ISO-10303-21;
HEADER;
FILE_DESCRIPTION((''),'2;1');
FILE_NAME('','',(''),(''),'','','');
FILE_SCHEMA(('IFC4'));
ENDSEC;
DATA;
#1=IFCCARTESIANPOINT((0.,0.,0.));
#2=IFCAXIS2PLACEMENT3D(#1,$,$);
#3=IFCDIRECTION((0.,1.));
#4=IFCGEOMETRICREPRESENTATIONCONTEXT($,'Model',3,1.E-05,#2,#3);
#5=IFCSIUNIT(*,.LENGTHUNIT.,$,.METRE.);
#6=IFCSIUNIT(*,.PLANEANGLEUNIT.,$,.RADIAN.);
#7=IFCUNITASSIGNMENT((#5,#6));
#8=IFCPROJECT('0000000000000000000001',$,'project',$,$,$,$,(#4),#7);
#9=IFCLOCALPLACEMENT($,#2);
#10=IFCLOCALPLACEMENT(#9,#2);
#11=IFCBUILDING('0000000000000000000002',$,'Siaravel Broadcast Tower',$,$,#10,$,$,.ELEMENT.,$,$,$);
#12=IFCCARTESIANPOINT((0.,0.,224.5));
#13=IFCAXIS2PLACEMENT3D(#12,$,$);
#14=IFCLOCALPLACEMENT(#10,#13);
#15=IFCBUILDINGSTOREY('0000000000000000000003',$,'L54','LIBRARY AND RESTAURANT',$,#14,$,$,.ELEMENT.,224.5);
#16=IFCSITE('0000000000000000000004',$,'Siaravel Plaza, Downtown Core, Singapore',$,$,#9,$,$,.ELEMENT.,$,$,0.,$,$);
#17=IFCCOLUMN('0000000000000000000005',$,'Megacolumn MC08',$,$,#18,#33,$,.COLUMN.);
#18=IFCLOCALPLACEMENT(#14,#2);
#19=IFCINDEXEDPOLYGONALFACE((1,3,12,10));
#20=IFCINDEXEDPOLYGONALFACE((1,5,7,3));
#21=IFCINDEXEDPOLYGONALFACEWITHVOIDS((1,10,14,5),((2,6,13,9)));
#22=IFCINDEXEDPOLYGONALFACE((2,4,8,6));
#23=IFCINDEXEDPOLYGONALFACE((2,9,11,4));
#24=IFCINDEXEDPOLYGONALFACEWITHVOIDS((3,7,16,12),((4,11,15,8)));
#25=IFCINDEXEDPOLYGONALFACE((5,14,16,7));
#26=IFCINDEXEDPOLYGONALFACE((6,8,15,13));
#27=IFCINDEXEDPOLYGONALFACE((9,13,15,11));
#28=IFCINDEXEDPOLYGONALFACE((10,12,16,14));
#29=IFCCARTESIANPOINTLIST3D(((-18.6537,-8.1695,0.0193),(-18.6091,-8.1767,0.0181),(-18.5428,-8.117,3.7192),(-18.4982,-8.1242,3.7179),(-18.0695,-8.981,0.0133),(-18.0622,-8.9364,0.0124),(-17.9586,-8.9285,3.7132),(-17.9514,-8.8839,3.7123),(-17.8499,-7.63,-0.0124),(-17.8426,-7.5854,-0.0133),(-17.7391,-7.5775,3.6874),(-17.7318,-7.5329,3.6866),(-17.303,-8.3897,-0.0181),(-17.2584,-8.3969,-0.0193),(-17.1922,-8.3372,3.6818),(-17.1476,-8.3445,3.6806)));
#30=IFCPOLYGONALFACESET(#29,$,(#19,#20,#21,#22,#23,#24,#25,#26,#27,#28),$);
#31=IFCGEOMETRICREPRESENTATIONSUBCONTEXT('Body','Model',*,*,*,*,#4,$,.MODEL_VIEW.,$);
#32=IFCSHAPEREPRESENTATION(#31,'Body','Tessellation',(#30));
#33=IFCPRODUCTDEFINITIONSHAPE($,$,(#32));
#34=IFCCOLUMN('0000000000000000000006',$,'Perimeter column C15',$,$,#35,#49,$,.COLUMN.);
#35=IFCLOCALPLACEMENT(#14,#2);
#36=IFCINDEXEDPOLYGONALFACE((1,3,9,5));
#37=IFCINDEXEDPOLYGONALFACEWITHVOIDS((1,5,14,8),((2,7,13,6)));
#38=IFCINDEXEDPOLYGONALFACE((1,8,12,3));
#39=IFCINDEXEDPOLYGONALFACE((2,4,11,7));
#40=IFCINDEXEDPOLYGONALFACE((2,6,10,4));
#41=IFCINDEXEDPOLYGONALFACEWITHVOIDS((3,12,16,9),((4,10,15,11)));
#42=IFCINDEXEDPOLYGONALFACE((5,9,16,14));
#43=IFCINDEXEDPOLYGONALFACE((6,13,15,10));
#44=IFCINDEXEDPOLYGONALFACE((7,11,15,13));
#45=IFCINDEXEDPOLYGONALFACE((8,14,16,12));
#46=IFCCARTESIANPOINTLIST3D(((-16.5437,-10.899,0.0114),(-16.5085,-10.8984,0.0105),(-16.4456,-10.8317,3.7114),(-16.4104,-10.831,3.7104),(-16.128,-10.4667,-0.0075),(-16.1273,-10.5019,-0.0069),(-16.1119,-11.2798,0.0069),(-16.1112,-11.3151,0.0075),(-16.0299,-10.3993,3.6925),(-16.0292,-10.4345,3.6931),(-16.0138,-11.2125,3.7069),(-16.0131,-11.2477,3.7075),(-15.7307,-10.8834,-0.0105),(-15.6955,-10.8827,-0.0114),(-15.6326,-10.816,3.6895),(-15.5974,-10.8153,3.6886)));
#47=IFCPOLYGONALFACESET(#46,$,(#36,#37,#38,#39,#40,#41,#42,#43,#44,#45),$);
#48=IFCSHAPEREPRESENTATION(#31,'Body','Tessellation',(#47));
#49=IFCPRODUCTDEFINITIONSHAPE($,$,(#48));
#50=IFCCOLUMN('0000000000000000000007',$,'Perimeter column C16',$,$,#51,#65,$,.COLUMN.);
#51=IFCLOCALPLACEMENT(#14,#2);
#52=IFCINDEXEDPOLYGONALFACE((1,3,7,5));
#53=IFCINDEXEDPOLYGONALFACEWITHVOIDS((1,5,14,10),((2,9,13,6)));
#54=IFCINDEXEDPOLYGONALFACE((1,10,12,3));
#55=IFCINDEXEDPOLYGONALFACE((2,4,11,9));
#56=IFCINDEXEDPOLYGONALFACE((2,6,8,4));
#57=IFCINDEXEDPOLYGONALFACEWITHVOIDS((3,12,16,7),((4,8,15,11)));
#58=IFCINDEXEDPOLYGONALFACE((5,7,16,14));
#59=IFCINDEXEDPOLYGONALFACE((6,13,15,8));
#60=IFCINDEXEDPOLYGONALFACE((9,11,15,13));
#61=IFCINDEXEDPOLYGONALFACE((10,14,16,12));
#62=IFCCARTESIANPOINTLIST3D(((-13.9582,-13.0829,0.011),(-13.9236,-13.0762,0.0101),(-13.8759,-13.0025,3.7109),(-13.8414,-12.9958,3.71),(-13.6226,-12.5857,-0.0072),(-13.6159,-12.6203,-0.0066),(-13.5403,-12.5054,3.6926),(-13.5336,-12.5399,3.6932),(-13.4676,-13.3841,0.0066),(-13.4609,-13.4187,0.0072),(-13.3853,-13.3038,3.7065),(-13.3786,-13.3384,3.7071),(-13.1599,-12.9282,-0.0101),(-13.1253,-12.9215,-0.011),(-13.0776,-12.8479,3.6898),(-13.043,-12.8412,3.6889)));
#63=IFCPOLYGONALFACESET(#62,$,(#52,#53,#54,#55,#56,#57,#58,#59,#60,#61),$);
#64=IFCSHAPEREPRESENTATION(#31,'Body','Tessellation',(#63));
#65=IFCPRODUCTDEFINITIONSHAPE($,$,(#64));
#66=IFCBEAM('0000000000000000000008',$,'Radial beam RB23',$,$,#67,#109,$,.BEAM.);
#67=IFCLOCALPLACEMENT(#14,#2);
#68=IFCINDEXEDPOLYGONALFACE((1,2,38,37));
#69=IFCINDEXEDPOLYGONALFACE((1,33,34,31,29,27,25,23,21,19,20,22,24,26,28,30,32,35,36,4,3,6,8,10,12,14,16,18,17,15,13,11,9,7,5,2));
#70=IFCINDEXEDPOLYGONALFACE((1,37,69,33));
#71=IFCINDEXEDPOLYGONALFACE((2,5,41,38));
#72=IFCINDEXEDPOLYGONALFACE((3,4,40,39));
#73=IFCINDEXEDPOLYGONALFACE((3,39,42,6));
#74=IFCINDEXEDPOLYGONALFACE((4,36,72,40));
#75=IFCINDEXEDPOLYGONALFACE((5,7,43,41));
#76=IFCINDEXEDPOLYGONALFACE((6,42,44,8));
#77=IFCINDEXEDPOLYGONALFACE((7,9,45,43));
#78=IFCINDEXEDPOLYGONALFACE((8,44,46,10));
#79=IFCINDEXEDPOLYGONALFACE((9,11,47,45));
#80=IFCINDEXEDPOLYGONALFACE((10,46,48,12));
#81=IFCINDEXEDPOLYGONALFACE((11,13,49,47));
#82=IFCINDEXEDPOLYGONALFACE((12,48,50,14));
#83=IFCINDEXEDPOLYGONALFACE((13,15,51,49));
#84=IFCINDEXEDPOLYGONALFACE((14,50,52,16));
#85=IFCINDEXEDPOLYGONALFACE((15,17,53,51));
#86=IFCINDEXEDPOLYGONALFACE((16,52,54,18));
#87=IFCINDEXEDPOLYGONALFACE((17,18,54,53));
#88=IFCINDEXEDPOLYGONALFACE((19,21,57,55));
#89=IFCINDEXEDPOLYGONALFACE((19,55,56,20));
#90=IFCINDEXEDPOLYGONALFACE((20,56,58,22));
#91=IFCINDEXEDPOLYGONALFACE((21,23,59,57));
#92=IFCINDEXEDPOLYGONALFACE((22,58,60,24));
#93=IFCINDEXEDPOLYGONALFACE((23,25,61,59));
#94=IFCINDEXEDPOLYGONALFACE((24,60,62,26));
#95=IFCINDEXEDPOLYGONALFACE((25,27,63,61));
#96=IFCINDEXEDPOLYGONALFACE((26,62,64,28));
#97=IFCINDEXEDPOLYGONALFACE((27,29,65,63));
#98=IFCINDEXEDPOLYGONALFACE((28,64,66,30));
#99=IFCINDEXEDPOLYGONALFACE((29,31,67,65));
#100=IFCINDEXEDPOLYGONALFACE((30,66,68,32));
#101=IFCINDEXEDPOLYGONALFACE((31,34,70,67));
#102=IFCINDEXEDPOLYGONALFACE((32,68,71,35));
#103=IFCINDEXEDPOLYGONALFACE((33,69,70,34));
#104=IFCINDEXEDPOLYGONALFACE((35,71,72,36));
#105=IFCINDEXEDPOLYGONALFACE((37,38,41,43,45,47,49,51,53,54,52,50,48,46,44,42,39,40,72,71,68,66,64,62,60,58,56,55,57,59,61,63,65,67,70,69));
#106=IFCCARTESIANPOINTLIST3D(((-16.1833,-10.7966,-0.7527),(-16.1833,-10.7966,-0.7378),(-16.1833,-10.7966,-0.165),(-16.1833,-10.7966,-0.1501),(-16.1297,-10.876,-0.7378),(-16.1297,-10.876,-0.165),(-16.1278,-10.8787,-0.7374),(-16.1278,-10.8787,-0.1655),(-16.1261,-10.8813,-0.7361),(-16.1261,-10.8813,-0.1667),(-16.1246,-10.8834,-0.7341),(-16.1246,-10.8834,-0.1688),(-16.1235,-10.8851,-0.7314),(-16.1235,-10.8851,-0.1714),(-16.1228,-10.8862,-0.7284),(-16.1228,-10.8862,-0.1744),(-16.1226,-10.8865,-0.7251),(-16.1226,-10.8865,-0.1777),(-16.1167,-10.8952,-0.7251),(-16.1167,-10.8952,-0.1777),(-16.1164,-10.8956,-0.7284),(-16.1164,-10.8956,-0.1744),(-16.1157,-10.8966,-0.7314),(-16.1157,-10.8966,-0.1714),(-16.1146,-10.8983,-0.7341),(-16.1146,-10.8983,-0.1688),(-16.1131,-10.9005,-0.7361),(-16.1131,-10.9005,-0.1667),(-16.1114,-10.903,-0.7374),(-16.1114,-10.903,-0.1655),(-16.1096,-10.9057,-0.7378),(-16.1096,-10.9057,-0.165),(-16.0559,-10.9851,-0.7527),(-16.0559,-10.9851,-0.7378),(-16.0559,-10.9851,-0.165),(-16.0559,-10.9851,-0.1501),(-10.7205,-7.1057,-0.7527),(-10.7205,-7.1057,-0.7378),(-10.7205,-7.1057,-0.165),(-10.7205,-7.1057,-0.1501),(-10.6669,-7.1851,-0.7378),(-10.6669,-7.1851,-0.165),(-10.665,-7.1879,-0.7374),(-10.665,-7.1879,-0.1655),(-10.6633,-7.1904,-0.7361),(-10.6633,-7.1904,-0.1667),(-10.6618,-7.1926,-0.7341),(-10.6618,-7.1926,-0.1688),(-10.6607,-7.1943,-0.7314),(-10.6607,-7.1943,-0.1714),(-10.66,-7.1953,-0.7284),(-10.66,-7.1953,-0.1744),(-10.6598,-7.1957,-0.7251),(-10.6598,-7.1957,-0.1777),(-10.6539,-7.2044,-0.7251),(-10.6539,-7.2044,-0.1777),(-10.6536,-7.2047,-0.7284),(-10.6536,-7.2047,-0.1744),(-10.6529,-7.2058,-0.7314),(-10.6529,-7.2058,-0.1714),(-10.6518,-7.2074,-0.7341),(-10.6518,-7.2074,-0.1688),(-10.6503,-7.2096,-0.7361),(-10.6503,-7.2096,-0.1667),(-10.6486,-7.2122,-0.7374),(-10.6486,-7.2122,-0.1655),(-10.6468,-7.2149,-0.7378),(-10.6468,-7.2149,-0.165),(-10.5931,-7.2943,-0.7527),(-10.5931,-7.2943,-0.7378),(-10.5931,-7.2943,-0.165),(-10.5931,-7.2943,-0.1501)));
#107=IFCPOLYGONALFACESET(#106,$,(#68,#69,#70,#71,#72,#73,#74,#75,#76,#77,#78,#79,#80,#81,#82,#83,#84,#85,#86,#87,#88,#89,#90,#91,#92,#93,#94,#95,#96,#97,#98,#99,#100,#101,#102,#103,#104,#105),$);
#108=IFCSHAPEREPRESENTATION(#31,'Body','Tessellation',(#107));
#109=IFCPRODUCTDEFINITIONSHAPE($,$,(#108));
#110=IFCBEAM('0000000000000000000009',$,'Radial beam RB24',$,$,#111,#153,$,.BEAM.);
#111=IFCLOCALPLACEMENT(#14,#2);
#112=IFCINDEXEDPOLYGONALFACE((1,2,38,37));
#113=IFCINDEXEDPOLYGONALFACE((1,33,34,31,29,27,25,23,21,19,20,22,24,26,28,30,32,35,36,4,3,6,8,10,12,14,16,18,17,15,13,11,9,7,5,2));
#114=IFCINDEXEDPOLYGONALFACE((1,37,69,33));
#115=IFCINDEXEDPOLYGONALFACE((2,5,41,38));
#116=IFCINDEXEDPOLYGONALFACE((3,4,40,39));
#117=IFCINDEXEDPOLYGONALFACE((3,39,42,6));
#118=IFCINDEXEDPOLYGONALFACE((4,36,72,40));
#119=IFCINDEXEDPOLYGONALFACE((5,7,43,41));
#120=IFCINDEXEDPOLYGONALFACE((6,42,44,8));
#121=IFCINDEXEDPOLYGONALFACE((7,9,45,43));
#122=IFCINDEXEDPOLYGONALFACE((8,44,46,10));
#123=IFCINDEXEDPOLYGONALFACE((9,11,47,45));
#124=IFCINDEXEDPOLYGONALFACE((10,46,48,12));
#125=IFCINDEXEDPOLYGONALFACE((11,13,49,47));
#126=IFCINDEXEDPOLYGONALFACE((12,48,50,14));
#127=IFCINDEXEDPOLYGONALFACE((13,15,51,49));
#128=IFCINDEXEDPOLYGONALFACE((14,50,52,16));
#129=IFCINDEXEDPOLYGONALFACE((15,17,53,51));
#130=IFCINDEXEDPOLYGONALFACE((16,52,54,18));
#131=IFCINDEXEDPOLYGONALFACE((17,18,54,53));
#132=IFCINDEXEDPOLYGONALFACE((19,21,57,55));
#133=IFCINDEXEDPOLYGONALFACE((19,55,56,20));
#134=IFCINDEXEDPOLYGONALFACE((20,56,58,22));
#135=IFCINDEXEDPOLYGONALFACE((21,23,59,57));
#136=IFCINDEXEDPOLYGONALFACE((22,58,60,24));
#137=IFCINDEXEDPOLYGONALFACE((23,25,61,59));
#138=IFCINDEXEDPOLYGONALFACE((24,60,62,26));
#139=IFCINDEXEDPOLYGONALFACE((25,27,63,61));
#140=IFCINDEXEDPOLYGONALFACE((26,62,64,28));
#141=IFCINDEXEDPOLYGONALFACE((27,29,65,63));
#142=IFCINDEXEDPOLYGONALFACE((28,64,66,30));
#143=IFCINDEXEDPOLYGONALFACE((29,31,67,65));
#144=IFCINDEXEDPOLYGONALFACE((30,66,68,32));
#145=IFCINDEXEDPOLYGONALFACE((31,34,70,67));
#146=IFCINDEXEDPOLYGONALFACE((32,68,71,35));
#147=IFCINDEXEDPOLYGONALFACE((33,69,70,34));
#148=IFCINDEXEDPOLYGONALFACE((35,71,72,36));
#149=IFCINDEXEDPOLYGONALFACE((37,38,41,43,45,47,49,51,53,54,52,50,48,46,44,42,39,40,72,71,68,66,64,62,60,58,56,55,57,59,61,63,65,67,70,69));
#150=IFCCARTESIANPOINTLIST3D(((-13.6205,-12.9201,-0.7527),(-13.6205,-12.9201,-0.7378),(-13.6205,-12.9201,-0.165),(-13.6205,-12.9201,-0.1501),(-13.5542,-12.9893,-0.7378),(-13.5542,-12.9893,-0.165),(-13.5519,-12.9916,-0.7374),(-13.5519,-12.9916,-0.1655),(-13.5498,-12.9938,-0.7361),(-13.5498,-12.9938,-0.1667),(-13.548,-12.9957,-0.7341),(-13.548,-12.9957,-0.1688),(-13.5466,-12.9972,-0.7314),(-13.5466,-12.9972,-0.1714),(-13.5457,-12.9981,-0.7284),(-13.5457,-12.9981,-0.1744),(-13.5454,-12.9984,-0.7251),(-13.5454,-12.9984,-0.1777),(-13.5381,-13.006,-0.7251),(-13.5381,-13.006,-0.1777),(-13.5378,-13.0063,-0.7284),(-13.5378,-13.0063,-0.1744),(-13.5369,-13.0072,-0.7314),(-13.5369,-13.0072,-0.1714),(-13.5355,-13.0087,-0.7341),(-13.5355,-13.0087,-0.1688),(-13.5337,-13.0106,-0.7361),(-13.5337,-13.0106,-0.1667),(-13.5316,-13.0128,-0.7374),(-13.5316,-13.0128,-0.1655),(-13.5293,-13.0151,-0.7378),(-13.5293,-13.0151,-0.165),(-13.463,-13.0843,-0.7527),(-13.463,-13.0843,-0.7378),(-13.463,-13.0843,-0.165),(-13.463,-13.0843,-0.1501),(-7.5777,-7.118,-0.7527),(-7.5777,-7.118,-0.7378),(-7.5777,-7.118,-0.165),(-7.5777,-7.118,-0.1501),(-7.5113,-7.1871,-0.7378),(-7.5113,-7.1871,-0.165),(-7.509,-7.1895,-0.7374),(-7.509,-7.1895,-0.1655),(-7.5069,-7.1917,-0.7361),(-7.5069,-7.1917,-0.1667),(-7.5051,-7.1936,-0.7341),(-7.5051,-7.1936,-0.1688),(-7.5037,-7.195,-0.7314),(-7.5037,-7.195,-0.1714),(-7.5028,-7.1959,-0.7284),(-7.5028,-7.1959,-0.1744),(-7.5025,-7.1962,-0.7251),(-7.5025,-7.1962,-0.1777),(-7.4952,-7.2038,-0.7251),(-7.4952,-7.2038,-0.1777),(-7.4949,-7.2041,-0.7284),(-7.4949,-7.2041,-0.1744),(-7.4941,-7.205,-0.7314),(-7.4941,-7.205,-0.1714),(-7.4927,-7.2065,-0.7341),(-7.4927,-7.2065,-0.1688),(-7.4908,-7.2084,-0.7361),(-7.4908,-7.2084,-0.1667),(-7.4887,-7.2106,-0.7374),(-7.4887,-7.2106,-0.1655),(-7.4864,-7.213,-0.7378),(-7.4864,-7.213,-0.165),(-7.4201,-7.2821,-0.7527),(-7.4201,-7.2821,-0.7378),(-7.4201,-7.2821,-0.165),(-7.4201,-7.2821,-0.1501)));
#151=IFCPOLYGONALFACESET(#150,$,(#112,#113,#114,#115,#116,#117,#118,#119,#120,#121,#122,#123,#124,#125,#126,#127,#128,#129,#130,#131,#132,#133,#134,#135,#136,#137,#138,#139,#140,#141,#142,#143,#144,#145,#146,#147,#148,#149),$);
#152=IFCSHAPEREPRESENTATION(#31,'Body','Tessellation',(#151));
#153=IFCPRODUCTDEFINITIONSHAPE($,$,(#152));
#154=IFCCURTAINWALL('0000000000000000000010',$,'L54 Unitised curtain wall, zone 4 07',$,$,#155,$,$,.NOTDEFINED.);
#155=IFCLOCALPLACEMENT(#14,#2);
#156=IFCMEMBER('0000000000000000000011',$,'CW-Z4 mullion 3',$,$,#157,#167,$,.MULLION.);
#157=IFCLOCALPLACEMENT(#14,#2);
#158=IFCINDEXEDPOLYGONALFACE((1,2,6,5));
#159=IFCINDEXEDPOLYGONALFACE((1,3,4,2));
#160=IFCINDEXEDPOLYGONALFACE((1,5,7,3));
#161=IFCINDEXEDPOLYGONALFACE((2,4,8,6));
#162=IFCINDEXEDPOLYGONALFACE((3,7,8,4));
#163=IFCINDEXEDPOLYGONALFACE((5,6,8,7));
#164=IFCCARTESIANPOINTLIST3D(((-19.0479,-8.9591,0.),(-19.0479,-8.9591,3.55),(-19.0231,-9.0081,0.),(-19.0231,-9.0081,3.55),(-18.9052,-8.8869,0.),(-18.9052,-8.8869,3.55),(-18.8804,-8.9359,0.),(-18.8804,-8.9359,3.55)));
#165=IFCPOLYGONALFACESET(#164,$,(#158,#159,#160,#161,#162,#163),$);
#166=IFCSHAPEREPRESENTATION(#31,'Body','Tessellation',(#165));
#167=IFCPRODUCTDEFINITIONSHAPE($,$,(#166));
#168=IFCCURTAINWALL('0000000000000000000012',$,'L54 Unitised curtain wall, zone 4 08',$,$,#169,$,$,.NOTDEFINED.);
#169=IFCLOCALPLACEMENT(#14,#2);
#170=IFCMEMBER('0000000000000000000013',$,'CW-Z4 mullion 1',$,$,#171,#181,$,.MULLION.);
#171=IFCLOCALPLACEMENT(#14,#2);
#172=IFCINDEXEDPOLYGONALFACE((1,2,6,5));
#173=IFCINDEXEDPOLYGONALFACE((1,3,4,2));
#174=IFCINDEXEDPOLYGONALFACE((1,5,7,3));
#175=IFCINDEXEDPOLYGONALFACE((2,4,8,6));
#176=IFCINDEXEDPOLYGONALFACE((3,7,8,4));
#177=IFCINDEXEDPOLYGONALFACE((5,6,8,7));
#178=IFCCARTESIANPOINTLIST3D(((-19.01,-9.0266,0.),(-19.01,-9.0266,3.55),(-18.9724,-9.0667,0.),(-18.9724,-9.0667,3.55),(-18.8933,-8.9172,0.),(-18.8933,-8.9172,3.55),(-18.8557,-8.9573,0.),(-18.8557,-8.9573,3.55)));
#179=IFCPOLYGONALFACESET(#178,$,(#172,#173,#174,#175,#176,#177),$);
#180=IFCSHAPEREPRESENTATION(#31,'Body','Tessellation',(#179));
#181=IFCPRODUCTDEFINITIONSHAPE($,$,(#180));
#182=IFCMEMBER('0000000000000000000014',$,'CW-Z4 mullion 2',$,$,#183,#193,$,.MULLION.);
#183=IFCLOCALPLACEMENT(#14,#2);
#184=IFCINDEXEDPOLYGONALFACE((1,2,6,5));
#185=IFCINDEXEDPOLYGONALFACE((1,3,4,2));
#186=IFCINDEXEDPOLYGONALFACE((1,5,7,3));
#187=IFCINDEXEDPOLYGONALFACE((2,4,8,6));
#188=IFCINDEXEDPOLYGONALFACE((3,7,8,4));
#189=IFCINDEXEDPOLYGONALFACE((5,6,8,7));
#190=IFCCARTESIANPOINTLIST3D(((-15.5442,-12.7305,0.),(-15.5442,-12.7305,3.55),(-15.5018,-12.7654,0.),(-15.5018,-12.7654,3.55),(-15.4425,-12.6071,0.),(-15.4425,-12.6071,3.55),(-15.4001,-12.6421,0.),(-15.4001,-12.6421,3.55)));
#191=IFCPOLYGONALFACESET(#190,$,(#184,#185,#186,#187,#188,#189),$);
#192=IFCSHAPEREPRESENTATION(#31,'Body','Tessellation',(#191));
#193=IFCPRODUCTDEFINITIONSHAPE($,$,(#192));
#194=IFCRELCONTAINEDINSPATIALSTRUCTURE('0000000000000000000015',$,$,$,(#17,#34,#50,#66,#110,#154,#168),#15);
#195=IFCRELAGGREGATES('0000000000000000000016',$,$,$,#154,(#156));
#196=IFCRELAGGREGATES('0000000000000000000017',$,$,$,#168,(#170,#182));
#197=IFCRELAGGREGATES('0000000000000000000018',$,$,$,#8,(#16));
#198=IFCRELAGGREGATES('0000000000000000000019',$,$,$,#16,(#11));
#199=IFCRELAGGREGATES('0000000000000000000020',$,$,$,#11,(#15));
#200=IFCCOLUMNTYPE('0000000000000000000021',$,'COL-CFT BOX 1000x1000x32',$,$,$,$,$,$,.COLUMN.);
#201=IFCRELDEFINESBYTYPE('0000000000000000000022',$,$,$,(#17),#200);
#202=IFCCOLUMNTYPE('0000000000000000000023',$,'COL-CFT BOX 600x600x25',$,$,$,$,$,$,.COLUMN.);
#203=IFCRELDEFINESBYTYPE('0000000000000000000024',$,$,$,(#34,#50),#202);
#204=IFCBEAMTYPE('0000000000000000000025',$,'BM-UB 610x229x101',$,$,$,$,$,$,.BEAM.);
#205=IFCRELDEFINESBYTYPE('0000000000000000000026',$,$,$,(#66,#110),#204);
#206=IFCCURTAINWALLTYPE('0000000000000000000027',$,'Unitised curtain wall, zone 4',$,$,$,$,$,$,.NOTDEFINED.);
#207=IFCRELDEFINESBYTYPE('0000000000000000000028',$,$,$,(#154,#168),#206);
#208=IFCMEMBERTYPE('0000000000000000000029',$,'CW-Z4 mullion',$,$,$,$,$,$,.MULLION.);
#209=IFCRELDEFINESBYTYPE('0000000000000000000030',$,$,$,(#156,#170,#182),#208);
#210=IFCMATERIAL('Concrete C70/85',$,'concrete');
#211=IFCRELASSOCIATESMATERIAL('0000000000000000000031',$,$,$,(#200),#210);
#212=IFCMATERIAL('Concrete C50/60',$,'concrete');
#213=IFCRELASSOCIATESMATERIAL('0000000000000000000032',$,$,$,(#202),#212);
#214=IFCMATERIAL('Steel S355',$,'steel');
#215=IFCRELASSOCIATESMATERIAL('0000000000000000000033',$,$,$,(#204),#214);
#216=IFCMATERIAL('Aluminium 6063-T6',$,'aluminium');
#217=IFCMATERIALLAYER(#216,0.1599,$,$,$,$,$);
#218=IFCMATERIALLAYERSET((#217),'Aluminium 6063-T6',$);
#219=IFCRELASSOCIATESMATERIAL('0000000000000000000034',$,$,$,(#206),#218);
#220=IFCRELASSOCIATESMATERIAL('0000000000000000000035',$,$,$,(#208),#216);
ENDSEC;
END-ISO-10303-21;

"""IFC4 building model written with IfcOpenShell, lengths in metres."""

from ifc_helpers import new_model, si_unit, direction, frame, origin, origin_2d, place, context, subcontext, project, spatial, rectangle, hollow_rectangle, i_section, extrude, material, layer, layer_set, material_profile, profile_set, type_object, element, aggregate, save


model = new_model("IFC4")

# Units and contexts
model_context = context("Model", 3, precision=1e-05, world=origin(), true_north=direction((0.0, 1.0)))
body_context = subcontext(model_context, "Body", "Model", "MODEL_VIEW")
ifc_project = project(units=[si_unit("LENGTHUNIT", "METRE"), si_unit("PLANEANGLEUNIT", "RADIAN")], contexts=[model_context])

# Site, building, storey
site_placement = place(None, origin())
site = spatial("IfcSite", under=ifc_project, at=site_placement, Name="Siaravel Plaza, Downtown Core, Singapore", CompositionType="ELEMENT", RefElevation=0.0)
building_placement = place(site_placement, origin())
building = spatial("IfcBuilding", under=site, at=building_placement, Name="Siaravel Broadcast Tower", CompositionType="ELEMENT")
storey_placement = place(building_placement, frame((0.0, 0.0, 224.5)))
storey = spatial("IfcBuildingStorey", under=building, at=storey_placement, Name="L54", Description="LIBRARY AND RESTAURANT", CompositionType="ELEMENT", Elevation=224.5)

# Columns
ifc_material_1 = material(Name="Concrete C70/85", Category="concrete")
ifc_material_profile_1 = material_profile(ifc_material_1, hollow_rectangle(XDim=1.0, YDim=1.0, WallThickness=0.032, at=origin_2d()))
ifc_profile_set_1 = profile_set([ifc_material_profile_1], Name="Concrete C70/85")
column_type_1 = type_object("IfcColumnType", Name="COL-CFT BOX 1000x1000x32", PredefinedType="COLUMN", material=ifc_profile_set_1)
column_1_placement = place(storey_placement, frame((-17.9561, -8.2832, 0.0), z_axis=(0.029941, 0.014179, 0.999451), x_axis=(-0.584227, 0.811568, 0.005988)))
element("IfcColumn", 1, at=column_1_placement, inside=storey, type_object=column_type_1, Name="Megacolumn MC08", PredefinedType="COLUMN", context=body_context, shape_type="SweptSolid", body=[
    extrude(hollow_rectangle(XDim=1.0, YDim=1.0, WallThickness=0.032, at=origin_2d()), origin(), (0.0, 0.0, 1.0), 3.7019),
])
ifc_material_2 = material(Name="Concrete C50/60", Category="concrete")
ifc_material_profile_2 = material_profile(ifc_material_2, hollow_rectangle(XDim=0.6001, YDim=0.6001, WallThickness=0.0249, at=origin_2d()))
ifc_profile_set_2 = profile_set([ifc_material_profile_2], Name="Concrete C50/60")
column_type_2 = type_object("IfcColumnType", Name="COL-CFT BOX 600x600x25", PredefinedType="COLUMN", material=ifc_profile_set_2)
column_2_placement = place(storey_placement, frame((-16.1196, -10.8909, 0.0), z_axis=(0.026512, 0.018202, 0.999483), x_axis=(-0.720685, 0.693232, 0.006492)))
element("IfcColumn", 2, at=column_2_placement, inside=storey, type_object=column_type_2, Name="Perimeter column C15", PredefinedType="COLUMN", context=body_context, shape_type="SweptSolid", body=[
    extrude(hollow_rectangle(XDim=0.6001, YDim=0.6001, WallThickness=0.0249, at=origin_2d()), origin(), (0.0, 0.0, 1.0), 3.7019),
])
column_3_placement = place(storey_placement, frame((-13.5417, -13.0022, 0.0), z_axis=(0.022226, 0.021699, 0.999517), x_axis=(-0.828722, 0.559626, 0.006279)))
element("IfcColumn", 3, at=column_3_placement, inside=storey, type_object=column_type_2, Name="Perimeter column C16", PredefinedType="COLUMN", context=body_context, shape_type="SweptSolid", body=[
    extrude(hollow_rectangle(XDim=0.6001, YDim=0.6001, WallThickness=0.0249, at=origin_2d()), origin(), (0.0, 0.0, 1.0), 3.7017),
])

# Beams
ifc_material_3 = material(Name="Steel S355", Category="steel")
ifc_material_profile_3 = material_profile(ifc_material_3, i_section(OverallWidth=0.2275, OverallDepth=0.6025, WebThickness=0.0105, FlangeThickness=0.0149, FilletRadius=0.0127, at=origin_2d()))
ifc_profile_set_3 = profile_set([ifc_material_profile_3], Name="Steel S355")
beam_type = type_object("IfcBeamType", Name="BM-UB 610x229x101", PredefinedType="BEAM", material=ifc_profile_set_3)
beam_1_placement = place(storey_placement, frame((-16.1196, -10.8909, -0.4514), z_axis=(0.828605, 0.559834, 0.0), x_axis=(-0.559834, 0.828605, 0.0)))
element("IfcBeam", 4, at=beam_1_placement, inside=storey, type_object=beam_type, Name="Radial beam RB23", PredefinedType="BEAM", context=body_context, shape_type="SweptSolid", body=[
    extrude(i_section(OverallWidth=0.2275, OverallDepth=0.6025, WebThickness=0.0105, FlangeThickness=0.0149, FilletRadius=0.0127, at=origin_2d()), origin(), (0.0, 0.0, 1.0), 6.5928),
])
beam_2_placement = place(storey_placement, frame((-13.5417, -13.0022, -0.4514), z_axis=(0.721328, 0.692594, 0.0), x_axis=(-0.692594, 0.721328, 0.0)))
element("IfcBeam", 5, at=beam_2_placement, inside=storey, type_object=beam_type, Name="Radial beam RB24", PredefinedType="BEAM", context=body_context, shape_type="SweptSolid", body=[
    extrude(i_section(OverallWidth=0.2275, OverallDepth=0.6025, WebThickness=0.0105, FlangeThickness=0.0149, FilletRadius=0.0127, at=origin_2d()), origin(), (0.0, 0.0, 1.0), 8.3774),
])

# Curtain wall, member
ifc_material_4 = material(Name="Aluminium 6063-T6", Category="aluminium")
ifc_layer_1 = layer(ifc_material_4, 0.1599)
ifc_layer_set_1 = layer_set([ifc_layer_1], Name="Aluminium 6063-T6")
curtain_wall_type = type_object("IfcCurtainWallType", Name="Unitised curtain wall, zone 4", PredefinedType="NOTDEFINED", material=ifc_layer_set_1)
curtain_wall_1_placement = place(storey_placement, origin())
curtain_wall_1 = element("IfcCurtainWall", 6, at=curtain_wall_1_placement, inside=storey, type_object=curtain_wall_type, Name="L54 Unitised curtain wall, zone 4 07", PredefinedType="NOTDEFINED")
ifc_material_profile_4 = material_profile(ifc_material_4, rectangle(XDim=0.1599, YDim=0.0549, at=origin_2d()))
ifc_profile_set_4 = profile_set([ifc_material_profile_4], Name="Aluminium 6063-T6")
member_type_1 = type_object("IfcMemberType", Name="CW-Z4 mullion", PredefinedType="MULLION", material=ifc_profile_set_4)
member_1_placement = place(storey_placement, frame((-18.9641, -8.9475, 0.0), z_axis=(0.0, 0.0, 1.0), x_axis=(0.892393, 0.45126, 0.0)))
member_1 = element("IfcMember", 7, at=member_1_placement, type_object=member_type_1, Name="CW-Z4 mullion 3", PredefinedType="MULLION", context=body_context, shape_type="SweptSolid", body=[
    extrude(rectangle(XDim=0.1599, YDim=0.0549, at=origin_2d()), origin(), (0.0, 0.0, 1.0), 3.55),
])
aggregate(curtain_wall_1, [member_1])

# Curtain wall, members
curtain_wall_2_placement = place(storey_placement, origin())
curtain_wall_2 = element("IfcCurtainWall", 8, at=curtain_wall_2_placement, inside=storey, type_object=curtain_wall_type, Name="L54 Unitised curtain wall, zone 4 08", PredefinedType="NOTDEFINED")
member_2_placement = place(storey_placement, frame((-18.9329, -8.9919, 0.0), z_axis=(0.0, 0.0, 1.0), x_axis=(0.729806, 0.683654, 0.0)))
member_2 = element("IfcMember", 9, at=member_2_placement, type_object=member_type_1, Name="CW-Z4 mullion 1", PredefinedType="MULLION", context=body_context, shape_type="SweptSolid", body=[
    extrude(rectangle(XDim=0.1599, YDim=0.0549, at=origin_2d()), origin(), (0.0, 0.0, 1.0), 3.55),
])
member_3_placement = place(storey_placement, frame((-15.4722, -12.6863, 0.0), z_axis=(0.0, 0.0, 1.0), x_axis=(0.63622, 0.771508, 0.0)))
member_3 = element("IfcMember", 10, at=member_3_placement, type_object=member_type_1, Name="CW-Z4 mullion 2", PredefinedType="MULLION", context=body_context, shape_type="SweptSolid", body=[
    extrude(rectangle(XDim=0.1599, YDim=0.0549, at=origin_2d()), origin(), (0.0, 0.0, 1.0), 3.55),
])
aggregate(curtain_wall_2, [member_2, member_3])

save(model, "model.ifc")
